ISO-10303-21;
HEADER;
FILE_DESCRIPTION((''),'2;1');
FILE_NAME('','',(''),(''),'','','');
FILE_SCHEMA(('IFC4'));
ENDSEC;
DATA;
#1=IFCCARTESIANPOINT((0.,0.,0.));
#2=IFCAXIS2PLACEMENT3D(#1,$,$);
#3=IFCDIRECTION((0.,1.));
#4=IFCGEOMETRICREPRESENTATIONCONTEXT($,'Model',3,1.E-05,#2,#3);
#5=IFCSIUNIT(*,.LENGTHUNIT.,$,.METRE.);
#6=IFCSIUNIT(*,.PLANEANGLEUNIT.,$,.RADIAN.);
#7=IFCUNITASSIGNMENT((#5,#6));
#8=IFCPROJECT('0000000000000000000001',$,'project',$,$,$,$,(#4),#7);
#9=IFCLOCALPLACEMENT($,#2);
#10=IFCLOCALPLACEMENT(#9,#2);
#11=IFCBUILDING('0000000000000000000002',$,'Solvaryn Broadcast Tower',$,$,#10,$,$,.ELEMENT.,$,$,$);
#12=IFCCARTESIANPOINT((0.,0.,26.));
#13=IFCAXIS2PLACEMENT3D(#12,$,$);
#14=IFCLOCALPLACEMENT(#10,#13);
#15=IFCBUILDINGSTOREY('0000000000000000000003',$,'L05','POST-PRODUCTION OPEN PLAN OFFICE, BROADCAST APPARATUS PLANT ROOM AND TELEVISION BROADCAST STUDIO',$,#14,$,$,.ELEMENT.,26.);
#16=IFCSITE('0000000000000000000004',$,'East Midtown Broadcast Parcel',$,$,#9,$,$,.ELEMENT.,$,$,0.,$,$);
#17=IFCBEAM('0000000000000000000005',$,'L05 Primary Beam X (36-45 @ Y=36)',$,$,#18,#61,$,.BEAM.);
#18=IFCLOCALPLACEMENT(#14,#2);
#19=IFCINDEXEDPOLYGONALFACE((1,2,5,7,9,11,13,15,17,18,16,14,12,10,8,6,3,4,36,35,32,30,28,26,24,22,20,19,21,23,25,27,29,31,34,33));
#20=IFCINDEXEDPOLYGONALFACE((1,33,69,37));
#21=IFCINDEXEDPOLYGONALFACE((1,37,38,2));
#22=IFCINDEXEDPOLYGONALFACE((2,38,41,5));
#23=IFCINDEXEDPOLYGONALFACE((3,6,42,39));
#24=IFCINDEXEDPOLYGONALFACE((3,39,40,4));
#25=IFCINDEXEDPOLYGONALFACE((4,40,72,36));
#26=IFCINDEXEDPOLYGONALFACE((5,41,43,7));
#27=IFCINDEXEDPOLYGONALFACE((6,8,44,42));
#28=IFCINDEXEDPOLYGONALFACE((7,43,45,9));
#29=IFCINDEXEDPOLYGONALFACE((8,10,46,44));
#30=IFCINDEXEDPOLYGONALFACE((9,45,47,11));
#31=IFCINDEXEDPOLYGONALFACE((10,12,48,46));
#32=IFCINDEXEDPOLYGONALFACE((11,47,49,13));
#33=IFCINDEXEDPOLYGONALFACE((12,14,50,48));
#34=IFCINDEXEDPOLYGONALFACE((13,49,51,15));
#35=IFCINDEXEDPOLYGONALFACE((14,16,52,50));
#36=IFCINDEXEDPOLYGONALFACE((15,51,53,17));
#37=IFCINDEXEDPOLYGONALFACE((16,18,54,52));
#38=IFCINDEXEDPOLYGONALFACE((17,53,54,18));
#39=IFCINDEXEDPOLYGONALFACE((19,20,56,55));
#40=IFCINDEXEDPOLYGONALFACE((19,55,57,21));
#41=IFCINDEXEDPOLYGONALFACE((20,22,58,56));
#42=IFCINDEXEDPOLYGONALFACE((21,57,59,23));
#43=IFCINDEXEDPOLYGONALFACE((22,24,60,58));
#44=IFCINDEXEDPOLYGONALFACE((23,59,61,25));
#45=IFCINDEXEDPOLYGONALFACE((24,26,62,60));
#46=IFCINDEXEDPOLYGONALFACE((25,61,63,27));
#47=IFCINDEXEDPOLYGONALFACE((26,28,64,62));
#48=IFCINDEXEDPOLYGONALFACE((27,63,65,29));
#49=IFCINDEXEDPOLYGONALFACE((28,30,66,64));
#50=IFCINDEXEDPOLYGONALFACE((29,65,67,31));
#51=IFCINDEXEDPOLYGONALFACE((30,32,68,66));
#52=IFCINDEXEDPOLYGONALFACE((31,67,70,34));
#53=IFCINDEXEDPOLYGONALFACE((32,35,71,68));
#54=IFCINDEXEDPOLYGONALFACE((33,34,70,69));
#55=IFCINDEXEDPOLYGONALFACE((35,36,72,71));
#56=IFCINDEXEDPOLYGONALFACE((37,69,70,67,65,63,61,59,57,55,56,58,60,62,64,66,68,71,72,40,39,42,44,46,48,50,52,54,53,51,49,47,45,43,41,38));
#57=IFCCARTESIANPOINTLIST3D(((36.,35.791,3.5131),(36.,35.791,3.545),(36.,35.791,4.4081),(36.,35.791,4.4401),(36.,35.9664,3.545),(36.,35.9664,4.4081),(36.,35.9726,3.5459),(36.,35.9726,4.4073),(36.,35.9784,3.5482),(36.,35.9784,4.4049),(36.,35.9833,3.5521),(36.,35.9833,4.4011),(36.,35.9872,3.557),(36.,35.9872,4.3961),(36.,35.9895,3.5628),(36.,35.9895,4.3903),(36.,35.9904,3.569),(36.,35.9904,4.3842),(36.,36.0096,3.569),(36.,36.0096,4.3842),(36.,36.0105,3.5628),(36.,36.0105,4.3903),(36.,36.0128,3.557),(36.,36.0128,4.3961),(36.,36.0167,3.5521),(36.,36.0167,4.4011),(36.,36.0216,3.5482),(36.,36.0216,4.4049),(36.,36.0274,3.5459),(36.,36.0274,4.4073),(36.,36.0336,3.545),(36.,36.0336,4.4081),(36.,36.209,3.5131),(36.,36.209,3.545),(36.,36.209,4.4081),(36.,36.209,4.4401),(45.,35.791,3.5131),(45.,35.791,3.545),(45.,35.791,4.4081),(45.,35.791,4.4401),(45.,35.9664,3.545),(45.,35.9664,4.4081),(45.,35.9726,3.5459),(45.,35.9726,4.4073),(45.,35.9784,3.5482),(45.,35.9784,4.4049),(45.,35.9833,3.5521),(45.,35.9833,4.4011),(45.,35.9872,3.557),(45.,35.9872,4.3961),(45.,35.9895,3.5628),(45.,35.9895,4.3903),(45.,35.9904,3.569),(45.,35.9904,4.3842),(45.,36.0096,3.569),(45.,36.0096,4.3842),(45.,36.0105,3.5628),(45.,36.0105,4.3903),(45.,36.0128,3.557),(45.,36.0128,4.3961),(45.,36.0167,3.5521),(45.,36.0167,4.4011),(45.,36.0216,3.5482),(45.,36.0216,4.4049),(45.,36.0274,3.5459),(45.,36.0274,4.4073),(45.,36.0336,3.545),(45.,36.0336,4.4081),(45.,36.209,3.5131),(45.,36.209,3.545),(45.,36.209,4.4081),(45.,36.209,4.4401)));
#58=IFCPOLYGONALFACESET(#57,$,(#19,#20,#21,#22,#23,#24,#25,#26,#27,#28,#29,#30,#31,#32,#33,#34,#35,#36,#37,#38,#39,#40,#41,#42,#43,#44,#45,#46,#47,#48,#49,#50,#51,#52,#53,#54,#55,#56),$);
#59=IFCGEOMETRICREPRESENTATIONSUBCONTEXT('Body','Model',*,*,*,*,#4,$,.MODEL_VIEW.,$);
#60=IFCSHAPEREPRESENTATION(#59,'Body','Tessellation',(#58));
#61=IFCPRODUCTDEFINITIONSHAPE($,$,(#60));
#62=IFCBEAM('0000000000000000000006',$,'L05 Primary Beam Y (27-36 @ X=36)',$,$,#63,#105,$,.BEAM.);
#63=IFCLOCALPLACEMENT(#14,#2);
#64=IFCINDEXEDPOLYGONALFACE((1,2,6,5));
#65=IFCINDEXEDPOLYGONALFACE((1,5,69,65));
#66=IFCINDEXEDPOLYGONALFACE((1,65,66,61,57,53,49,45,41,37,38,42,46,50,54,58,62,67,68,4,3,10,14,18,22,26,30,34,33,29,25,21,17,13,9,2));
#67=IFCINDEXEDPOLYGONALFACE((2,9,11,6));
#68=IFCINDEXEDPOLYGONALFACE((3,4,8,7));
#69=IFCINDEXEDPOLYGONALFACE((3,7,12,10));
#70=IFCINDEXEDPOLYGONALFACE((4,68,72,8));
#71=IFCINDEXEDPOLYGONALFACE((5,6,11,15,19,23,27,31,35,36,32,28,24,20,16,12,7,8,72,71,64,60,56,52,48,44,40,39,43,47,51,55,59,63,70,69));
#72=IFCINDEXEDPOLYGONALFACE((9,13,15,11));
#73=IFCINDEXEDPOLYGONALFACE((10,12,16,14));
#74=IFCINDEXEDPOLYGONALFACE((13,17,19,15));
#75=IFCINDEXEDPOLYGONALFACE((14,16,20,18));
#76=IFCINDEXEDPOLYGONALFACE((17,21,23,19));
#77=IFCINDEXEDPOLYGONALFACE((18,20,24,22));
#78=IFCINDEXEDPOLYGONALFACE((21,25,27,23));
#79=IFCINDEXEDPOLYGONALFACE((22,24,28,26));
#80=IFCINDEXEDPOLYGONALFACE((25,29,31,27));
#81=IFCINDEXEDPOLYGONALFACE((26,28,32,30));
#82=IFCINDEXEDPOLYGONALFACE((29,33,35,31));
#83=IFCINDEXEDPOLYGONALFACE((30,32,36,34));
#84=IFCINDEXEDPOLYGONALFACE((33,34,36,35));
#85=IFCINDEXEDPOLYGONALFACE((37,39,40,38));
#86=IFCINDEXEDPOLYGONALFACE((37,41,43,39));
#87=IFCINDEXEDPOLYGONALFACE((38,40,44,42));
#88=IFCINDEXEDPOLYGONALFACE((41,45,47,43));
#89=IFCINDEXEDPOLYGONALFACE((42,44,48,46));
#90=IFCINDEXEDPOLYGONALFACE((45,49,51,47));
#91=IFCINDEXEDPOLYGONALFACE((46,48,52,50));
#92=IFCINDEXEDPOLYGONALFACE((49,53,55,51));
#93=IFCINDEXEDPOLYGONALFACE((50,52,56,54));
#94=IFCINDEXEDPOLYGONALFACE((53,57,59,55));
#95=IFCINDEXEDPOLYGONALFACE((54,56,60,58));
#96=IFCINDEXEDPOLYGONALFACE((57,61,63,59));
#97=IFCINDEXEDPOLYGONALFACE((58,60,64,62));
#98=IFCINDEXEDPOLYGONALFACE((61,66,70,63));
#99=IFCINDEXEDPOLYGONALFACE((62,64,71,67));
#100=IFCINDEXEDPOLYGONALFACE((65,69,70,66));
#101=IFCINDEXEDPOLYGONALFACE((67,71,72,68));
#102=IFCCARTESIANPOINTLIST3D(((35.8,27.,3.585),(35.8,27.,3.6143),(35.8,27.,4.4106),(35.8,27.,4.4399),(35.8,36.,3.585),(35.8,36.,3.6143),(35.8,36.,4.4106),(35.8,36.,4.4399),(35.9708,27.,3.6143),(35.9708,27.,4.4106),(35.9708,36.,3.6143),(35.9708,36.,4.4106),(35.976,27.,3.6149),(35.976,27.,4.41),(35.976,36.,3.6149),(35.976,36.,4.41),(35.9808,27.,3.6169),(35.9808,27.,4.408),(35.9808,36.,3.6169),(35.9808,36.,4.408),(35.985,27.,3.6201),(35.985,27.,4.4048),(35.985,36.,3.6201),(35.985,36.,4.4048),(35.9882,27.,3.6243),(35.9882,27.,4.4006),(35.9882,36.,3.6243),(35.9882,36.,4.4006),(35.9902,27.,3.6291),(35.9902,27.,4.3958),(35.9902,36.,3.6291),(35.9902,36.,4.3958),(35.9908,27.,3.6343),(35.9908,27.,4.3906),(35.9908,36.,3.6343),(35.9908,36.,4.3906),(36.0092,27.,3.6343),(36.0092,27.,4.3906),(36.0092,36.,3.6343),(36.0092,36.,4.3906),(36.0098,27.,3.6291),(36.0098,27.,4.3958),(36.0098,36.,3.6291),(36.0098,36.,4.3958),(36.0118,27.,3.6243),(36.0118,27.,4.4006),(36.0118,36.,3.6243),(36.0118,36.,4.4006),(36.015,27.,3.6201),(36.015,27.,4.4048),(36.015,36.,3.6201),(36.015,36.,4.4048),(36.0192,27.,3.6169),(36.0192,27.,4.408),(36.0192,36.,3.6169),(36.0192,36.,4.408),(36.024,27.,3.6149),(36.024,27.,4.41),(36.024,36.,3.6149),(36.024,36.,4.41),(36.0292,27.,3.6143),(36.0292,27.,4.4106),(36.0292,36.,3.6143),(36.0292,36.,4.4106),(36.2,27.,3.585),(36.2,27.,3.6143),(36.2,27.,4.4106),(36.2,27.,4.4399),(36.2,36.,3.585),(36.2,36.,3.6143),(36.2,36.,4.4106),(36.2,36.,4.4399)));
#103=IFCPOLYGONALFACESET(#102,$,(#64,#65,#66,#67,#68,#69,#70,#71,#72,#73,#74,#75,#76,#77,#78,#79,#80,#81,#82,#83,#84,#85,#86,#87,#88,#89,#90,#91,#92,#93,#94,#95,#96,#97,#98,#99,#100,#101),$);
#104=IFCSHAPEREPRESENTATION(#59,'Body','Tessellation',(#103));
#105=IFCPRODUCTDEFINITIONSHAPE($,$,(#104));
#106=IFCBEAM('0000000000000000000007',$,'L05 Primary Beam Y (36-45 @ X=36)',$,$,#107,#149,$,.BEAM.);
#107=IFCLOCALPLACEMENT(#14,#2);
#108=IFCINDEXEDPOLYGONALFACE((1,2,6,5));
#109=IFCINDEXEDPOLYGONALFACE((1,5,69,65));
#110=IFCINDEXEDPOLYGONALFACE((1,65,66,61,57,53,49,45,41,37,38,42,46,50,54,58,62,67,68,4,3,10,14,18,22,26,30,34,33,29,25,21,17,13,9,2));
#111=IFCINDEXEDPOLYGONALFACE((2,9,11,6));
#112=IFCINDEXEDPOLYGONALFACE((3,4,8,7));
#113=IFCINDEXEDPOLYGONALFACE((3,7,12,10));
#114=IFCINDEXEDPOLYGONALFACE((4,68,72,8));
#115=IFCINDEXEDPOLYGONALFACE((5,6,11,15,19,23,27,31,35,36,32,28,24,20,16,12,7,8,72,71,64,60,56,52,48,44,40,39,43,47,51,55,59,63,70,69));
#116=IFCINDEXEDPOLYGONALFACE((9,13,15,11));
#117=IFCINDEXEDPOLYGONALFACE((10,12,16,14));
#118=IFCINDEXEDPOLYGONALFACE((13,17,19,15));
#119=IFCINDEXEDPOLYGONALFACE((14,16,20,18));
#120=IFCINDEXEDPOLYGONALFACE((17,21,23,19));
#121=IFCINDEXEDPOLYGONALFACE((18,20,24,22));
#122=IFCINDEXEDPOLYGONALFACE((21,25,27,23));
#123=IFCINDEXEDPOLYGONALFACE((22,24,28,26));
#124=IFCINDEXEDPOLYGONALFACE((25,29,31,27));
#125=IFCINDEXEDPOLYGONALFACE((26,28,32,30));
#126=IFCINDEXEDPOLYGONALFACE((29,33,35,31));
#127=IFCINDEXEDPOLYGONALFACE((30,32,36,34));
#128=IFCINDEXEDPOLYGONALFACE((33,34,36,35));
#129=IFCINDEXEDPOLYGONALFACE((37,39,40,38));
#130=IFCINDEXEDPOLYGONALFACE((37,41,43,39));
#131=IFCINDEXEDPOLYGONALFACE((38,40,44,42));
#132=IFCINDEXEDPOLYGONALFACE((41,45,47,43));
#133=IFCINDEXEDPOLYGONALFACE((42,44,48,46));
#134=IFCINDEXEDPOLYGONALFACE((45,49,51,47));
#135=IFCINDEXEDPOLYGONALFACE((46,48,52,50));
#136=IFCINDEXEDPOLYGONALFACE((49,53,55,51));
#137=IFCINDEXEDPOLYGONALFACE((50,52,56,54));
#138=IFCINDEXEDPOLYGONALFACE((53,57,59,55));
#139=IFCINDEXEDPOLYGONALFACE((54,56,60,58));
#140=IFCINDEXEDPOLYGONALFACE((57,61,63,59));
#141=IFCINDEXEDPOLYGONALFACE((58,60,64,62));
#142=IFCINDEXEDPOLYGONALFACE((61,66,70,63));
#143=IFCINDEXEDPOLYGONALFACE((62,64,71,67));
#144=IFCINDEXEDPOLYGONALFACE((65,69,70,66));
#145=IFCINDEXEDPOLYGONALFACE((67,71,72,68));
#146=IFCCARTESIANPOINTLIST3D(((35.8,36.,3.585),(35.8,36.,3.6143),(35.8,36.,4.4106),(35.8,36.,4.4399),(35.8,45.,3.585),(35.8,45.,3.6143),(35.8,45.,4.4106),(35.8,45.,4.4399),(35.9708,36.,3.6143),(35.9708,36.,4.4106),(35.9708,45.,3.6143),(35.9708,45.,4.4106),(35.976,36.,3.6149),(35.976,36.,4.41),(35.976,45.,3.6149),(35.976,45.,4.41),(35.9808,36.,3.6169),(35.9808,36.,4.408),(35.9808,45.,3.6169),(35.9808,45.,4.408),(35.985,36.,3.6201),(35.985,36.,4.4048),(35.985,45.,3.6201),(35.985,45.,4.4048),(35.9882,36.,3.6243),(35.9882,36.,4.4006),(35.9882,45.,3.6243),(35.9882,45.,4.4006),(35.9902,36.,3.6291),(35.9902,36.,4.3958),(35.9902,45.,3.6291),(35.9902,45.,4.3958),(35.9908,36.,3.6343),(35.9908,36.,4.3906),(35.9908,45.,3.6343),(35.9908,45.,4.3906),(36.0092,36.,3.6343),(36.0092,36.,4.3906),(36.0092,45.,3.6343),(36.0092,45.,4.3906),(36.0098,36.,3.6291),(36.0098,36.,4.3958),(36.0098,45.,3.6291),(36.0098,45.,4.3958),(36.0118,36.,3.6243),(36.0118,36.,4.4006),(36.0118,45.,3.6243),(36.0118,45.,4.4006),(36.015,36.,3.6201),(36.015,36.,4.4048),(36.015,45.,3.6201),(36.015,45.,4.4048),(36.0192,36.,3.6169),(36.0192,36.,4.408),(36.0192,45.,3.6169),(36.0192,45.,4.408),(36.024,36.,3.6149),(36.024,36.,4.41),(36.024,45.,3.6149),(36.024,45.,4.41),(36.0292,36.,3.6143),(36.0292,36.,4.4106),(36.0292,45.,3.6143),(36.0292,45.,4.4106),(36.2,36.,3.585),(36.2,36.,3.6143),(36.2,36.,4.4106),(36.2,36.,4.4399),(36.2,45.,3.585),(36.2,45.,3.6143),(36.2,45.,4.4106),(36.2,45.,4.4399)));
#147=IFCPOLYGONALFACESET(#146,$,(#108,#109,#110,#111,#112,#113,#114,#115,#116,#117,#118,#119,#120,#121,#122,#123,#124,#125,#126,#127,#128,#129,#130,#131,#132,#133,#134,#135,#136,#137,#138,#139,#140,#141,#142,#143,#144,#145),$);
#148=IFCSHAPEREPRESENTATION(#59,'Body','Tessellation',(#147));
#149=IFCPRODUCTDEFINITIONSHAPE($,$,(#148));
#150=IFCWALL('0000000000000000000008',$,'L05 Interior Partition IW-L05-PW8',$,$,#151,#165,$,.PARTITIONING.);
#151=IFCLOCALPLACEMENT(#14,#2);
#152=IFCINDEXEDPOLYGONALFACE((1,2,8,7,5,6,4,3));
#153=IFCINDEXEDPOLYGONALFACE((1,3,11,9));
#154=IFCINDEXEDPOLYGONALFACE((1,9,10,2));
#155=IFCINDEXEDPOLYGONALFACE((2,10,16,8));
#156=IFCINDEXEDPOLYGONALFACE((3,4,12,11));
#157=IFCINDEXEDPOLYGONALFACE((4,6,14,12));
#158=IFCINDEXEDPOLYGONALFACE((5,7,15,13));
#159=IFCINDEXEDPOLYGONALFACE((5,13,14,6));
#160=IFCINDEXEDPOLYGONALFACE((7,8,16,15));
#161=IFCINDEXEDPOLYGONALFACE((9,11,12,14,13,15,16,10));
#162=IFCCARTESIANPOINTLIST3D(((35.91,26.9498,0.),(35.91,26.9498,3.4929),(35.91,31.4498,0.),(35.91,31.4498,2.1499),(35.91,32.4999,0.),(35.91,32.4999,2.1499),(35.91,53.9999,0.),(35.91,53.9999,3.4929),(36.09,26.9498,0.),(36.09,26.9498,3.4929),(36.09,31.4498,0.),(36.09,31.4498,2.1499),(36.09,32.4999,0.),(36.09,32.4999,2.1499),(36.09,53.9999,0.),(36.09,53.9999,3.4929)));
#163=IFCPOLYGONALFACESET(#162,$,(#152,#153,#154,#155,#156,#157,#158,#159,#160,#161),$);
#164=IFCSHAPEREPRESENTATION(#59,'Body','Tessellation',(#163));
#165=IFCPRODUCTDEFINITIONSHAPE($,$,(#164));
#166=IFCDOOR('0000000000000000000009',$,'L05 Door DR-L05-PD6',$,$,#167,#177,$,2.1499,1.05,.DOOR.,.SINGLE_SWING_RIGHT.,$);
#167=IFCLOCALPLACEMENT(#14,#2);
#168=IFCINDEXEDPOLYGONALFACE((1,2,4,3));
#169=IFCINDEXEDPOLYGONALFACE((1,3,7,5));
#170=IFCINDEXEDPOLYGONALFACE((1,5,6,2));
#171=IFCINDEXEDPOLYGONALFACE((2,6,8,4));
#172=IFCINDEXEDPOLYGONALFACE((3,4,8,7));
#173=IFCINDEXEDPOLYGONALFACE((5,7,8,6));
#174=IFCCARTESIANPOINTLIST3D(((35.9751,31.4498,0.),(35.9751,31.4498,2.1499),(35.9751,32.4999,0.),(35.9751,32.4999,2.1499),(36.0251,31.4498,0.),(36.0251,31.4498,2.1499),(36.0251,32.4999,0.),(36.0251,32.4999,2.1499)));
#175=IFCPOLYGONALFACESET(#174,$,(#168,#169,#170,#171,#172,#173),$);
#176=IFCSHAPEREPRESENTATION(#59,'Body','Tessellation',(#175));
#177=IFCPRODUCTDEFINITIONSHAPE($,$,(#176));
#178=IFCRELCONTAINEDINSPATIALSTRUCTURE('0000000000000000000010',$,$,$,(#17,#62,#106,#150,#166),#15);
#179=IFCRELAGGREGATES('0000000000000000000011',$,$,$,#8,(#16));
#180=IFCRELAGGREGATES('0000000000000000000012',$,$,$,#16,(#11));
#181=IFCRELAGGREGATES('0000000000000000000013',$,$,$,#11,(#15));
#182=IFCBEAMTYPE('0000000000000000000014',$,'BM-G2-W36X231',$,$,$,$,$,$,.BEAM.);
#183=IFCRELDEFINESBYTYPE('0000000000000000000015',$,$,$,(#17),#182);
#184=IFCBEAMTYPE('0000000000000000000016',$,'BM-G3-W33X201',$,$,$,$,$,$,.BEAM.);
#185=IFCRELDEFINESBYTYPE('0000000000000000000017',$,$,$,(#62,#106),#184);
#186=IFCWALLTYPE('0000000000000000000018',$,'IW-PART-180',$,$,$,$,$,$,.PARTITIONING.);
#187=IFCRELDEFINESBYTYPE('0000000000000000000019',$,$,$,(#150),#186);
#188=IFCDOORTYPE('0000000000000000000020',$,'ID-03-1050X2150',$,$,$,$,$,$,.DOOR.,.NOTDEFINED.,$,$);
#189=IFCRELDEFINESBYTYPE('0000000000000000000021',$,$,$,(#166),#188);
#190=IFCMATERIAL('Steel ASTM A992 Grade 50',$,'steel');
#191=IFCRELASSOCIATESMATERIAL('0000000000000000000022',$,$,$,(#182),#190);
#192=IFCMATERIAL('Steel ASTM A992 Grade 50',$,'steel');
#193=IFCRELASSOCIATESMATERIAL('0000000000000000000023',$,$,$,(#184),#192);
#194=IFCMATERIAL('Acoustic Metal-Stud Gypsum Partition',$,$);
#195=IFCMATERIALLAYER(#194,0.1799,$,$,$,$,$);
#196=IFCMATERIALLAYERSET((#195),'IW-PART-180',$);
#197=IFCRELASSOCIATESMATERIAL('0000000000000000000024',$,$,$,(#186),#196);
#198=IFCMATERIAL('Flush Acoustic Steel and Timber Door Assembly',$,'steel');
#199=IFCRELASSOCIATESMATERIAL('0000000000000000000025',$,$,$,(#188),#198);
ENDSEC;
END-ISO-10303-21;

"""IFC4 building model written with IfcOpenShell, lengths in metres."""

from ifc_helpers import new_model, si_unit, direction, frame, frame_2d, origin, origin_2d, place, context, subcontext, project, spatial, rectangle, i_section, extrude, material, layer, layer_set, material_profile, profile_set, type_object, element, fill, save


model = new_model("IFC4")

# Units and contexts
model_context = context("Model", 3, precision=1e-05, world=origin(), true_north=direction((0.0, 1.0)))
body_context = subcontext(model_context, "Body", "Model", "MODEL_VIEW")
ifc_project = project(units=[si_unit("LENGTHUNIT", "METRE"), si_unit("PLANEANGLEUNIT", "RADIAN")], contexts=[model_context])

# Site, building, storey
site_placement = place(None, origin())
site = spatial("IfcSite", under=ifc_project, at=site_placement, Name="East Midtown Broadcast Parcel", CompositionType="ELEMENT", RefElevation=0.0)
building_placement = place(site_placement, origin())
building = spatial("IfcBuilding", under=site, at=building_placement, Name="Solvaryn Broadcast Tower", CompositionType="ELEMENT")
storey_placement = place(building_placement, frame((0.0, 0.0, 26.0)))
storey = spatial("IfcBuildingStorey", under=building, at=storey_placement, Name="L05", Description="POST-PRODUCTION OPEN PLAN OFFICE, BROADCAST APPARATUS PLANT ROOM AND TELEVISION BROADCAST STUDIO", CompositionType="ELEMENT", Elevation=26.0)

# Beams
ifc_material_1 = material(Name="Steel ASTM A992 Grade 50", Category="steel")
ifc_material_profile_1 = material_profile(ifc_material_1, i_section(OverallWidth=0.418, OverallDepth=0.927, WebThickness=0.0193, FlangeThickness=0.032, FilletRadius=0.0239, at=origin_2d()))
ifc_profile_set_1 = profile_set([ifc_material_profile_1], Name="Steel ASTM A992 Grade 50")
beam_type_1 = type_object("IfcBeamType", Name="BM-G2-W36X231", PredefinedType="BEAM", material=ifc_profile_set_1)
for number, where, z_axis, x_axis, name in (
    (1, (36.0, 36.0, 3.9766), (1.0, 0.0, 0.0), (0.0, 1.0, 0.0), "L05 Primary Beam X (36-45 @ Y=36)"),
):
    element("IfcBeam", number, at=place(storey_placement, frame(where, z_axis=z_axis, x_axis=x_axis)), inside=storey, type_object=beam_type_1, Name=name, PredefinedType="BEAM", context=body_context, shape_type="SweptSolid", body=[
        extrude(i_section(OverallWidth=0.418, OverallDepth=0.927, WebThickness=0.0193, FlangeThickness=0.032, FilletRadius=0.0239, at=origin_2d()), origin(), (0.0, 0.0, 1.0), 9.0),
    ])
ifc_material_2 = material(Name="Steel ASTM A992 Grade 50", Category="steel")
ifc_material_profile_2 = material_profile(ifc_material_2, i_section(OverallWidth=0.3999, OverallDepth=0.855, WebThickness=0.0183, FlangeThickness=0.0293, FilletRadius=0.02, at=origin_2d()))
ifc_profile_set_2 = profile_set([ifc_material_profile_2], Name="Steel ASTM A992 Grade 50")
beam_type_2 = type_object("IfcBeamType", Name="BM-G3-W33X201", PredefinedType="BEAM", material=ifc_profile_set_2)
for number, where, z_axis, x_axis, name in (
    (2, (36.0, 27.0, 4.0125), (0.0, 1.0, 0.0), (-1.0, 0.0, 0.0), "L05 Primary Beam Y (27-36 @ X=36)"),
    (3, (36.0, 36.0, 4.0125), (0.0, 1.0, 0.0), (-1.0, 0.0, 0.0), "L05 Primary Beam Y (36-45 @ X=36)"),
):
    element("IfcBeam", number, at=place(storey_placement, frame(where, z_axis=z_axis, x_axis=x_axis)), inside=storey, type_object=beam_type_2, Name=name, PredefinedType="BEAM", context=body_context, shape_type="SweptSolid", body=[
        extrude(i_section(OverallWidth=0.3999, OverallDepth=0.855, WebThickness=0.0183, FlangeThickness=0.0293, FilletRadius=0.02, at=origin_2d()), origin(), (0.0, 0.0, 1.0), 9.0),
    ])

# Wall, opening, door
ifc_material_3 = material(Name="Acoustic Metal-Stud Gypsum Partition")
ifc_layer_1 = layer(ifc_material_3, 0.1799)
ifc_layer_set_1 = layer_set([ifc_layer_1], Name="IW-PART-180")
wall_type_1 = type_object("IfcWallType", Name="IW-PART-180", PredefinedType="PARTITIONING", material=ifc_layer_set_1)
wall_1_placement = place(storey_placement, frame((36.0, 26.95, 0.0), z_axis=(0.0, 0.0, 1.0), x_axis=(0.0, 1.0, 0.0)))
wall_1 = element("IfcWall", 4, at=wall_1_placement, inside=storey, type_object=wall_type_1, Name="L05 Interior Partition IW-L05-PW8", PredefinedType="PARTITIONING", context=body_context, shape_type="SweptSolid", body=[
    extrude(rectangle(XDim=27.05, YDim=0.1799, at=frame_2d((13.5249, 0.0))), origin(), (0.0, 0.0, 1.0), 3.4929),
])
opening_1_placement = place(wall_1_placement, frame((4.5, 0.0, 0.0)))
opening_1 = element("IfcOpeningElement", 5, at=opening_1_placement, cuts=wall_1, PredefinedType="OPENING", context=body_context, shape_type="SweptSolid", body=[
    extrude(rectangle(XDim=1.05, YDim=2.1499, at=frame_2d((0.5249, 1.075))), frame((0.0, 0.0999, 0.0), z_axis=(0.0, -1.0, 0.0), x_axis=(1.0, 0.0, 0.0)), (0.0, 0.0, 1.0), 0.2),
])
ifc_material_4 = material(Name="Flush Acoustic Steel and Timber Door Assembly", Category="steel")
door_type_1 = type_object("IfcDoorType", Name="ID-03-1050X2150", OperationType="NOTDEFINED", PredefinedType="DOOR", material=ifc_material_4)
door_1_placement = place(opening_1_placement, origin())
door_1 = element("IfcDoor", 6, at=door_1_placement, inside=storey, type_object=door_type_1, Name="L05 Door DR-L05-PD6", OperationType="SINGLE_SWING_RIGHT", OverallHeight=2.1499, OverallWidth=1.05, PredefinedType="DOOR", context=body_context, shape_type="SweptSolid", body=[
    extrude(rectangle(XDim=1.05, YDim=2.1499, at=frame_2d((0.5249, 1.075))), frame((0.0, 0.0249, 0.0), z_axis=(0.0, -1.0, 0.0), x_axis=(1.0, 0.0, 0.0)), (0.0, 0.0, 1.0), 0.05),
])
fill(opening_1, door_1)

save(model, "model.ifc")
